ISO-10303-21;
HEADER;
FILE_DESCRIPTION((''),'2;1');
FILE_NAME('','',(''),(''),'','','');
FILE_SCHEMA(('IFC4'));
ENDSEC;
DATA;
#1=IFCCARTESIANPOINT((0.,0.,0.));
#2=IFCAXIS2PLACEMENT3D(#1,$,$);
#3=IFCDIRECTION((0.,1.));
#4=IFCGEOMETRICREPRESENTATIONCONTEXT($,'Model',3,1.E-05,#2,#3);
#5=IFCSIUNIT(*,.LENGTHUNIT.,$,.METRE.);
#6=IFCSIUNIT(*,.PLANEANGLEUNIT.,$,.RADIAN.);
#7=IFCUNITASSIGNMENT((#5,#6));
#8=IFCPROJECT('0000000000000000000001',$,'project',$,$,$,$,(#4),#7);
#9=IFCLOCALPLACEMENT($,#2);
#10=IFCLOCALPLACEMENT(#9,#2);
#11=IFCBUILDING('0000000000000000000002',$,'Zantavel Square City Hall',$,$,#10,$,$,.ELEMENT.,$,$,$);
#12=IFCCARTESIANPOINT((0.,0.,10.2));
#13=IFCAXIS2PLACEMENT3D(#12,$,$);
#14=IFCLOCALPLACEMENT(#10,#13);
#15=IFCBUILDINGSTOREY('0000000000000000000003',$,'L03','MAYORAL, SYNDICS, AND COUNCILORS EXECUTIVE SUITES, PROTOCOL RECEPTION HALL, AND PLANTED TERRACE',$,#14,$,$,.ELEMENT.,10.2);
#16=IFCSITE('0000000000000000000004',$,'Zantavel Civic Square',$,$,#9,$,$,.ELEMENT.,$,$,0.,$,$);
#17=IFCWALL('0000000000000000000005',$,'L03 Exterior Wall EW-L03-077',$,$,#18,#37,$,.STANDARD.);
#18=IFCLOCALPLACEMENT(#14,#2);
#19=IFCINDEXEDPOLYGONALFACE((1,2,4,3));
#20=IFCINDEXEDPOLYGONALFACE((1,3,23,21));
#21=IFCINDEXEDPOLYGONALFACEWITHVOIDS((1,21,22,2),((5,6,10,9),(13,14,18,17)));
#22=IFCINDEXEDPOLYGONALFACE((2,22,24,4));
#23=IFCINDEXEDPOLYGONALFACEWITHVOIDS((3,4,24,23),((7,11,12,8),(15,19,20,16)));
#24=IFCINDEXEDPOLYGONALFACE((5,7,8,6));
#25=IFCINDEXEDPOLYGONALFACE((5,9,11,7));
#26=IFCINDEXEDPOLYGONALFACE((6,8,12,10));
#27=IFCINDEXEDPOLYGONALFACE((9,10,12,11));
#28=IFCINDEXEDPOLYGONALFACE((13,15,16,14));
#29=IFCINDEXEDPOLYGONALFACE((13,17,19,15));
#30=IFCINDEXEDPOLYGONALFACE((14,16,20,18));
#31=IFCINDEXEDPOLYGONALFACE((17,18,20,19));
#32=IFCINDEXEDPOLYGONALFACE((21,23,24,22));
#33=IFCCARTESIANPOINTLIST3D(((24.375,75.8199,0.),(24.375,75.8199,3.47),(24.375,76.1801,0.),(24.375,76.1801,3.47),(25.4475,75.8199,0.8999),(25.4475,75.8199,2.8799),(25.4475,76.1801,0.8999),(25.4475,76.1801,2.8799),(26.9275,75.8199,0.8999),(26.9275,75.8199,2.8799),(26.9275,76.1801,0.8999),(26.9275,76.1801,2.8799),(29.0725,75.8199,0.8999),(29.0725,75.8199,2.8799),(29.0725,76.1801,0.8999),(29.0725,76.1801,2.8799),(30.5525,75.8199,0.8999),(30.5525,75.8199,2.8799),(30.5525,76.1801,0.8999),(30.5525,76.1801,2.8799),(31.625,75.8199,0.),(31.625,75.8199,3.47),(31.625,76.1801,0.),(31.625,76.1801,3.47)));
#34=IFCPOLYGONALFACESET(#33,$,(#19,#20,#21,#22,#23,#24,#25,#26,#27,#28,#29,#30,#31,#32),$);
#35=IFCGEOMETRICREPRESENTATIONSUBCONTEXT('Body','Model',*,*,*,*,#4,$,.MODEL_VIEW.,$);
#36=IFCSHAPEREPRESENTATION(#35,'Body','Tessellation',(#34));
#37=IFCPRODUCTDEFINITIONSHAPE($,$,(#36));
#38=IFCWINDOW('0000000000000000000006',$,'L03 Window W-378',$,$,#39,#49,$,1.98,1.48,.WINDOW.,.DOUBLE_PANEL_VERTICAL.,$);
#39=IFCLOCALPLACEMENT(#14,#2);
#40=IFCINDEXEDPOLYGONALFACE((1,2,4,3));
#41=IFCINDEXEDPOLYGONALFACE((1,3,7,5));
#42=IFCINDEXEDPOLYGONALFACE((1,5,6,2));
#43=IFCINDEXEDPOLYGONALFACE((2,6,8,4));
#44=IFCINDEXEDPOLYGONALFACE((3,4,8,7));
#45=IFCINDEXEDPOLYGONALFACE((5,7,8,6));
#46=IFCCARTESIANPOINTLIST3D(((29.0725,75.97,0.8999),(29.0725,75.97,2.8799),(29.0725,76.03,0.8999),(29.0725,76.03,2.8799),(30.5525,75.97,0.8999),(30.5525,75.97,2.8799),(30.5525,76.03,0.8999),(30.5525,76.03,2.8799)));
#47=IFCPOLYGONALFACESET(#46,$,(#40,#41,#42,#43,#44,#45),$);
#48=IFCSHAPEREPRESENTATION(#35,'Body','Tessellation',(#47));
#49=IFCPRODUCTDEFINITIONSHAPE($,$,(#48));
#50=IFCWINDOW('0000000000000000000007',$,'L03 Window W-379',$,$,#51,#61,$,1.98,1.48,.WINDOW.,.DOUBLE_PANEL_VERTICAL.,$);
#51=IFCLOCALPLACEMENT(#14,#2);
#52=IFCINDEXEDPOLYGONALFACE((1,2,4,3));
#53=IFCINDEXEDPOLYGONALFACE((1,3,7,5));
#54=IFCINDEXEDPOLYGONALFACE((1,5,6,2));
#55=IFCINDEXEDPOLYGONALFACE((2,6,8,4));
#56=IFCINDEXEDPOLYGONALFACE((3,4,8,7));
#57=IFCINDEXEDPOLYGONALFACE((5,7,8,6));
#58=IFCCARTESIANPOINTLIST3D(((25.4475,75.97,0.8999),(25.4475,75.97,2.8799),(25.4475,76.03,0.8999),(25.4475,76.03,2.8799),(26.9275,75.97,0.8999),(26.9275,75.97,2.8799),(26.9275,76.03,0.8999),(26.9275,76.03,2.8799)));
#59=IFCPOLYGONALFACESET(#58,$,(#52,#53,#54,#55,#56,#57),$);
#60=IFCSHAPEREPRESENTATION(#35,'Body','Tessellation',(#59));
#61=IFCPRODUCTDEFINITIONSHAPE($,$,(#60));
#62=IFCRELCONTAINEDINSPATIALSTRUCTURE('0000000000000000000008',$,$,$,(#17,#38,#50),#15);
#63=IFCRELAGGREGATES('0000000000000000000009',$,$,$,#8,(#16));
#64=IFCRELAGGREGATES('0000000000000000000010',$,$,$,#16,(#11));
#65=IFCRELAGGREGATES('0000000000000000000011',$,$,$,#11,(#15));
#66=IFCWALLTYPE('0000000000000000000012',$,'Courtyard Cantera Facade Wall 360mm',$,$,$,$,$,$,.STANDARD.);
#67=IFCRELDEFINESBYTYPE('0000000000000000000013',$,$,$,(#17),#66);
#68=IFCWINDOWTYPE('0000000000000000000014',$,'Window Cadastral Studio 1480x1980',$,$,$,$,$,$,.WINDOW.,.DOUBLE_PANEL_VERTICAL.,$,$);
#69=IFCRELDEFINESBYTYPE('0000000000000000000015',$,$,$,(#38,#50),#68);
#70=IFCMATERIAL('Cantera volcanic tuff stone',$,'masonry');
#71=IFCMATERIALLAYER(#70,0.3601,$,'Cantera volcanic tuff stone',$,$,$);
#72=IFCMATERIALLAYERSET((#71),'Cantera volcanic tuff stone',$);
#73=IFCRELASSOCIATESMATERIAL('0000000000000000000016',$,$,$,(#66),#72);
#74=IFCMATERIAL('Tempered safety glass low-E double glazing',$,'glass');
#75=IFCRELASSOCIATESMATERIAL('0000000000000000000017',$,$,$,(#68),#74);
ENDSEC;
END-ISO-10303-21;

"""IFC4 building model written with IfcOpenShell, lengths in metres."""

from ifc_helpers import new_model, si_unit, direction, frame, frame_2d, origin, place, context, subcontext, project, spatial, rectangle, extrude, material, layer, layer_set, type_object, element, fill, save


model = new_model("IFC4")

# Units and contexts
model_context = context("Model", 3, precision=1e-05, world=origin(), true_north=direction((0.0, 1.0)))
body_context = subcontext(model_context, "Body", "Model", "MODEL_VIEW")
ifc_project = project(units=[si_unit("LENGTHUNIT", "METRE"), si_unit("PLANEANGLEUNIT", "RADIAN")], contexts=[model_context])

# Site, building, storey
site_placement = place(None, origin())
site = spatial("IfcSite", under=ifc_project, at=site_placement, Name="Zantavel Civic Square", CompositionType="ELEMENT", RefElevation=0.0)
building_placement = place(site_placement, origin())
building = spatial("IfcBuilding", under=site, at=building_placement, Name="Zantavel Square City Hall", CompositionType="ELEMENT")
storey_placement = place(building_placement, frame((0.0, 0.0, 10.2)))
storey = spatial("IfcBuildingStorey", under=building, at=storey_placement, Name="L03", Description="MAYORAL, SYNDICS, AND COUNCILORS EXECUTIVE SUITES, PROTOCOL RECEPTION HALL, AND PLANTED TERRACE", CompositionType="ELEMENT", Elevation=10.2)

# Wall, openings, windows
ifc_material_1 = material(Name="Cantera volcanic tuff stone", Category="masonry")
ifc_layer = layer(ifc_material_1, 0.3601, Name="Cantera volcanic tuff stone")
ifc_layer_set = layer_set([ifc_layer], Name="Cantera volcanic tuff stone")
wall_type = type_object("IfcWallType", Name="Courtyard Cantera Facade Wall 360mm", PredefinedType="STANDARD", material=ifc_layer_set)
wall_placement = place(storey_placement, frame((31.625, 76.0, 0.0), z_axis=(0.0, 0.0, 1.0), x_axis=(-1.0, 0.0, 0.0)))
wall = element("IfcWall", 1, at=wall_placement, inside=storey, type_object=wall_type, Name="L03 Exterior Wall EW-L03-077", PredefinedType="STANDARD", context=body_context, shape_type="SweptSolid", body=[
    extrude(rectangle(XDim=7.25, YDim=0.3601, at=frame_2d((3.625, 0.0))), origin(), (0.0, 0.0, 1.0), 3.47),
])
opening_1_placement = place(wall_placement, frame((1.0725, 0.0, 0.8999)))
opening_1 = element("IfcOpeningElement", 2, at=opening_1_placement, cuts=wall, PredefinedType="OPENING", context=body_context, shape_type="SweptSolid", body=[
    extrude(rectangle(XDim=1.48, YDim=1.98, at=frame_2d((0.74, 0.99))), frame((0.0, 0.1899, 0.0), z_axis=(0.0, -1.0, 0.0), x_axis=(1.0, 0.0, 0.0)), (0.0, 0.0, 1.0), 0.3801),
])
opening_2_placement = place(wall_placement, frame((4.6975, 0.0, 0.8999)))
opening_2 = element("IfcOpeningElement", 3, at=opening_2_placement, cuts=wall, PredefinedType="OPENING", context=body_context, shape_type="SweptSolid", body=[
    extrude(rectangle(XDim=1.48, YDim=1.98, at=frame_2d((0.74, 0.99))), frame((0.0, 0.1899, 0.0), z_axis=(0.0, -1.0, 0.0), x_axis=(1.0, 0.0, 0.0)), (0.0, 0.0, 1.0), 0.3801),
])
ifc_material_2 = material(Name="Tempered safety glass low-E double glazing", Category="glass")
window_type = type_object("IfcWindowType", Name="Window Cadastral Studio 1480x1980", PartitioningType="DOUBLE_PANEL_VERTICAL", PredefinedType="WINDOW", material=ifc_material_2)
window_1_placement = place(opening_1_placement, origin())
window_1 = element("IfcWindow", 4, at=window_1_placement, inside=storey, type_object=window_type, Name="L03 Window W-378", OverallHeight=1.98, OverallWidth=1.48, PartitioningType="DOUBLE_PANEL_VERTICAL", PredefinedType="WINDOW", context=body_context, shape_type="SweptSolid", body=[
    extrude(rectangle(XDim=1.48, YDim=1.98, at=frame_2d((0.74, 0.99))), frame((0.0, 0.03, 0.0), z_axis=(0.0, -1.0, 0.0), x_axis=(1.0, 0.0, 0.0)), (0.0, 0.0, 1.0), 0.0601),
])
fill(opening_1, window_1)
window_2_placement = place(opening_2_placement, origin())
window_2 = element("IfcWindow", 5, at=window_2_placement, inside=storey, type_object=window_type, Name="L03 Window W-379", OverallHeight=1.98, OverallWidth=1.48, PartitioningType="DOUBLE_PANEL_VERTICAL", PredefinedType="WINDOW", context=body_context, shape_type="SweptSolid", body=[
    extrude(rectangle(XDim=1.48, YDim=1.98, at=frame_2d((0.74, 0.99))), frame((0.0, 0.03, 0.0), z_axis=(0.0, -1.0, 0.0), x_axis=(1.0, 0.0, 0.0)), (0.0, 0.0, 1.0), 0.0601),
])
fill(opening_2, window_2)

save(model, "model.ifc")
